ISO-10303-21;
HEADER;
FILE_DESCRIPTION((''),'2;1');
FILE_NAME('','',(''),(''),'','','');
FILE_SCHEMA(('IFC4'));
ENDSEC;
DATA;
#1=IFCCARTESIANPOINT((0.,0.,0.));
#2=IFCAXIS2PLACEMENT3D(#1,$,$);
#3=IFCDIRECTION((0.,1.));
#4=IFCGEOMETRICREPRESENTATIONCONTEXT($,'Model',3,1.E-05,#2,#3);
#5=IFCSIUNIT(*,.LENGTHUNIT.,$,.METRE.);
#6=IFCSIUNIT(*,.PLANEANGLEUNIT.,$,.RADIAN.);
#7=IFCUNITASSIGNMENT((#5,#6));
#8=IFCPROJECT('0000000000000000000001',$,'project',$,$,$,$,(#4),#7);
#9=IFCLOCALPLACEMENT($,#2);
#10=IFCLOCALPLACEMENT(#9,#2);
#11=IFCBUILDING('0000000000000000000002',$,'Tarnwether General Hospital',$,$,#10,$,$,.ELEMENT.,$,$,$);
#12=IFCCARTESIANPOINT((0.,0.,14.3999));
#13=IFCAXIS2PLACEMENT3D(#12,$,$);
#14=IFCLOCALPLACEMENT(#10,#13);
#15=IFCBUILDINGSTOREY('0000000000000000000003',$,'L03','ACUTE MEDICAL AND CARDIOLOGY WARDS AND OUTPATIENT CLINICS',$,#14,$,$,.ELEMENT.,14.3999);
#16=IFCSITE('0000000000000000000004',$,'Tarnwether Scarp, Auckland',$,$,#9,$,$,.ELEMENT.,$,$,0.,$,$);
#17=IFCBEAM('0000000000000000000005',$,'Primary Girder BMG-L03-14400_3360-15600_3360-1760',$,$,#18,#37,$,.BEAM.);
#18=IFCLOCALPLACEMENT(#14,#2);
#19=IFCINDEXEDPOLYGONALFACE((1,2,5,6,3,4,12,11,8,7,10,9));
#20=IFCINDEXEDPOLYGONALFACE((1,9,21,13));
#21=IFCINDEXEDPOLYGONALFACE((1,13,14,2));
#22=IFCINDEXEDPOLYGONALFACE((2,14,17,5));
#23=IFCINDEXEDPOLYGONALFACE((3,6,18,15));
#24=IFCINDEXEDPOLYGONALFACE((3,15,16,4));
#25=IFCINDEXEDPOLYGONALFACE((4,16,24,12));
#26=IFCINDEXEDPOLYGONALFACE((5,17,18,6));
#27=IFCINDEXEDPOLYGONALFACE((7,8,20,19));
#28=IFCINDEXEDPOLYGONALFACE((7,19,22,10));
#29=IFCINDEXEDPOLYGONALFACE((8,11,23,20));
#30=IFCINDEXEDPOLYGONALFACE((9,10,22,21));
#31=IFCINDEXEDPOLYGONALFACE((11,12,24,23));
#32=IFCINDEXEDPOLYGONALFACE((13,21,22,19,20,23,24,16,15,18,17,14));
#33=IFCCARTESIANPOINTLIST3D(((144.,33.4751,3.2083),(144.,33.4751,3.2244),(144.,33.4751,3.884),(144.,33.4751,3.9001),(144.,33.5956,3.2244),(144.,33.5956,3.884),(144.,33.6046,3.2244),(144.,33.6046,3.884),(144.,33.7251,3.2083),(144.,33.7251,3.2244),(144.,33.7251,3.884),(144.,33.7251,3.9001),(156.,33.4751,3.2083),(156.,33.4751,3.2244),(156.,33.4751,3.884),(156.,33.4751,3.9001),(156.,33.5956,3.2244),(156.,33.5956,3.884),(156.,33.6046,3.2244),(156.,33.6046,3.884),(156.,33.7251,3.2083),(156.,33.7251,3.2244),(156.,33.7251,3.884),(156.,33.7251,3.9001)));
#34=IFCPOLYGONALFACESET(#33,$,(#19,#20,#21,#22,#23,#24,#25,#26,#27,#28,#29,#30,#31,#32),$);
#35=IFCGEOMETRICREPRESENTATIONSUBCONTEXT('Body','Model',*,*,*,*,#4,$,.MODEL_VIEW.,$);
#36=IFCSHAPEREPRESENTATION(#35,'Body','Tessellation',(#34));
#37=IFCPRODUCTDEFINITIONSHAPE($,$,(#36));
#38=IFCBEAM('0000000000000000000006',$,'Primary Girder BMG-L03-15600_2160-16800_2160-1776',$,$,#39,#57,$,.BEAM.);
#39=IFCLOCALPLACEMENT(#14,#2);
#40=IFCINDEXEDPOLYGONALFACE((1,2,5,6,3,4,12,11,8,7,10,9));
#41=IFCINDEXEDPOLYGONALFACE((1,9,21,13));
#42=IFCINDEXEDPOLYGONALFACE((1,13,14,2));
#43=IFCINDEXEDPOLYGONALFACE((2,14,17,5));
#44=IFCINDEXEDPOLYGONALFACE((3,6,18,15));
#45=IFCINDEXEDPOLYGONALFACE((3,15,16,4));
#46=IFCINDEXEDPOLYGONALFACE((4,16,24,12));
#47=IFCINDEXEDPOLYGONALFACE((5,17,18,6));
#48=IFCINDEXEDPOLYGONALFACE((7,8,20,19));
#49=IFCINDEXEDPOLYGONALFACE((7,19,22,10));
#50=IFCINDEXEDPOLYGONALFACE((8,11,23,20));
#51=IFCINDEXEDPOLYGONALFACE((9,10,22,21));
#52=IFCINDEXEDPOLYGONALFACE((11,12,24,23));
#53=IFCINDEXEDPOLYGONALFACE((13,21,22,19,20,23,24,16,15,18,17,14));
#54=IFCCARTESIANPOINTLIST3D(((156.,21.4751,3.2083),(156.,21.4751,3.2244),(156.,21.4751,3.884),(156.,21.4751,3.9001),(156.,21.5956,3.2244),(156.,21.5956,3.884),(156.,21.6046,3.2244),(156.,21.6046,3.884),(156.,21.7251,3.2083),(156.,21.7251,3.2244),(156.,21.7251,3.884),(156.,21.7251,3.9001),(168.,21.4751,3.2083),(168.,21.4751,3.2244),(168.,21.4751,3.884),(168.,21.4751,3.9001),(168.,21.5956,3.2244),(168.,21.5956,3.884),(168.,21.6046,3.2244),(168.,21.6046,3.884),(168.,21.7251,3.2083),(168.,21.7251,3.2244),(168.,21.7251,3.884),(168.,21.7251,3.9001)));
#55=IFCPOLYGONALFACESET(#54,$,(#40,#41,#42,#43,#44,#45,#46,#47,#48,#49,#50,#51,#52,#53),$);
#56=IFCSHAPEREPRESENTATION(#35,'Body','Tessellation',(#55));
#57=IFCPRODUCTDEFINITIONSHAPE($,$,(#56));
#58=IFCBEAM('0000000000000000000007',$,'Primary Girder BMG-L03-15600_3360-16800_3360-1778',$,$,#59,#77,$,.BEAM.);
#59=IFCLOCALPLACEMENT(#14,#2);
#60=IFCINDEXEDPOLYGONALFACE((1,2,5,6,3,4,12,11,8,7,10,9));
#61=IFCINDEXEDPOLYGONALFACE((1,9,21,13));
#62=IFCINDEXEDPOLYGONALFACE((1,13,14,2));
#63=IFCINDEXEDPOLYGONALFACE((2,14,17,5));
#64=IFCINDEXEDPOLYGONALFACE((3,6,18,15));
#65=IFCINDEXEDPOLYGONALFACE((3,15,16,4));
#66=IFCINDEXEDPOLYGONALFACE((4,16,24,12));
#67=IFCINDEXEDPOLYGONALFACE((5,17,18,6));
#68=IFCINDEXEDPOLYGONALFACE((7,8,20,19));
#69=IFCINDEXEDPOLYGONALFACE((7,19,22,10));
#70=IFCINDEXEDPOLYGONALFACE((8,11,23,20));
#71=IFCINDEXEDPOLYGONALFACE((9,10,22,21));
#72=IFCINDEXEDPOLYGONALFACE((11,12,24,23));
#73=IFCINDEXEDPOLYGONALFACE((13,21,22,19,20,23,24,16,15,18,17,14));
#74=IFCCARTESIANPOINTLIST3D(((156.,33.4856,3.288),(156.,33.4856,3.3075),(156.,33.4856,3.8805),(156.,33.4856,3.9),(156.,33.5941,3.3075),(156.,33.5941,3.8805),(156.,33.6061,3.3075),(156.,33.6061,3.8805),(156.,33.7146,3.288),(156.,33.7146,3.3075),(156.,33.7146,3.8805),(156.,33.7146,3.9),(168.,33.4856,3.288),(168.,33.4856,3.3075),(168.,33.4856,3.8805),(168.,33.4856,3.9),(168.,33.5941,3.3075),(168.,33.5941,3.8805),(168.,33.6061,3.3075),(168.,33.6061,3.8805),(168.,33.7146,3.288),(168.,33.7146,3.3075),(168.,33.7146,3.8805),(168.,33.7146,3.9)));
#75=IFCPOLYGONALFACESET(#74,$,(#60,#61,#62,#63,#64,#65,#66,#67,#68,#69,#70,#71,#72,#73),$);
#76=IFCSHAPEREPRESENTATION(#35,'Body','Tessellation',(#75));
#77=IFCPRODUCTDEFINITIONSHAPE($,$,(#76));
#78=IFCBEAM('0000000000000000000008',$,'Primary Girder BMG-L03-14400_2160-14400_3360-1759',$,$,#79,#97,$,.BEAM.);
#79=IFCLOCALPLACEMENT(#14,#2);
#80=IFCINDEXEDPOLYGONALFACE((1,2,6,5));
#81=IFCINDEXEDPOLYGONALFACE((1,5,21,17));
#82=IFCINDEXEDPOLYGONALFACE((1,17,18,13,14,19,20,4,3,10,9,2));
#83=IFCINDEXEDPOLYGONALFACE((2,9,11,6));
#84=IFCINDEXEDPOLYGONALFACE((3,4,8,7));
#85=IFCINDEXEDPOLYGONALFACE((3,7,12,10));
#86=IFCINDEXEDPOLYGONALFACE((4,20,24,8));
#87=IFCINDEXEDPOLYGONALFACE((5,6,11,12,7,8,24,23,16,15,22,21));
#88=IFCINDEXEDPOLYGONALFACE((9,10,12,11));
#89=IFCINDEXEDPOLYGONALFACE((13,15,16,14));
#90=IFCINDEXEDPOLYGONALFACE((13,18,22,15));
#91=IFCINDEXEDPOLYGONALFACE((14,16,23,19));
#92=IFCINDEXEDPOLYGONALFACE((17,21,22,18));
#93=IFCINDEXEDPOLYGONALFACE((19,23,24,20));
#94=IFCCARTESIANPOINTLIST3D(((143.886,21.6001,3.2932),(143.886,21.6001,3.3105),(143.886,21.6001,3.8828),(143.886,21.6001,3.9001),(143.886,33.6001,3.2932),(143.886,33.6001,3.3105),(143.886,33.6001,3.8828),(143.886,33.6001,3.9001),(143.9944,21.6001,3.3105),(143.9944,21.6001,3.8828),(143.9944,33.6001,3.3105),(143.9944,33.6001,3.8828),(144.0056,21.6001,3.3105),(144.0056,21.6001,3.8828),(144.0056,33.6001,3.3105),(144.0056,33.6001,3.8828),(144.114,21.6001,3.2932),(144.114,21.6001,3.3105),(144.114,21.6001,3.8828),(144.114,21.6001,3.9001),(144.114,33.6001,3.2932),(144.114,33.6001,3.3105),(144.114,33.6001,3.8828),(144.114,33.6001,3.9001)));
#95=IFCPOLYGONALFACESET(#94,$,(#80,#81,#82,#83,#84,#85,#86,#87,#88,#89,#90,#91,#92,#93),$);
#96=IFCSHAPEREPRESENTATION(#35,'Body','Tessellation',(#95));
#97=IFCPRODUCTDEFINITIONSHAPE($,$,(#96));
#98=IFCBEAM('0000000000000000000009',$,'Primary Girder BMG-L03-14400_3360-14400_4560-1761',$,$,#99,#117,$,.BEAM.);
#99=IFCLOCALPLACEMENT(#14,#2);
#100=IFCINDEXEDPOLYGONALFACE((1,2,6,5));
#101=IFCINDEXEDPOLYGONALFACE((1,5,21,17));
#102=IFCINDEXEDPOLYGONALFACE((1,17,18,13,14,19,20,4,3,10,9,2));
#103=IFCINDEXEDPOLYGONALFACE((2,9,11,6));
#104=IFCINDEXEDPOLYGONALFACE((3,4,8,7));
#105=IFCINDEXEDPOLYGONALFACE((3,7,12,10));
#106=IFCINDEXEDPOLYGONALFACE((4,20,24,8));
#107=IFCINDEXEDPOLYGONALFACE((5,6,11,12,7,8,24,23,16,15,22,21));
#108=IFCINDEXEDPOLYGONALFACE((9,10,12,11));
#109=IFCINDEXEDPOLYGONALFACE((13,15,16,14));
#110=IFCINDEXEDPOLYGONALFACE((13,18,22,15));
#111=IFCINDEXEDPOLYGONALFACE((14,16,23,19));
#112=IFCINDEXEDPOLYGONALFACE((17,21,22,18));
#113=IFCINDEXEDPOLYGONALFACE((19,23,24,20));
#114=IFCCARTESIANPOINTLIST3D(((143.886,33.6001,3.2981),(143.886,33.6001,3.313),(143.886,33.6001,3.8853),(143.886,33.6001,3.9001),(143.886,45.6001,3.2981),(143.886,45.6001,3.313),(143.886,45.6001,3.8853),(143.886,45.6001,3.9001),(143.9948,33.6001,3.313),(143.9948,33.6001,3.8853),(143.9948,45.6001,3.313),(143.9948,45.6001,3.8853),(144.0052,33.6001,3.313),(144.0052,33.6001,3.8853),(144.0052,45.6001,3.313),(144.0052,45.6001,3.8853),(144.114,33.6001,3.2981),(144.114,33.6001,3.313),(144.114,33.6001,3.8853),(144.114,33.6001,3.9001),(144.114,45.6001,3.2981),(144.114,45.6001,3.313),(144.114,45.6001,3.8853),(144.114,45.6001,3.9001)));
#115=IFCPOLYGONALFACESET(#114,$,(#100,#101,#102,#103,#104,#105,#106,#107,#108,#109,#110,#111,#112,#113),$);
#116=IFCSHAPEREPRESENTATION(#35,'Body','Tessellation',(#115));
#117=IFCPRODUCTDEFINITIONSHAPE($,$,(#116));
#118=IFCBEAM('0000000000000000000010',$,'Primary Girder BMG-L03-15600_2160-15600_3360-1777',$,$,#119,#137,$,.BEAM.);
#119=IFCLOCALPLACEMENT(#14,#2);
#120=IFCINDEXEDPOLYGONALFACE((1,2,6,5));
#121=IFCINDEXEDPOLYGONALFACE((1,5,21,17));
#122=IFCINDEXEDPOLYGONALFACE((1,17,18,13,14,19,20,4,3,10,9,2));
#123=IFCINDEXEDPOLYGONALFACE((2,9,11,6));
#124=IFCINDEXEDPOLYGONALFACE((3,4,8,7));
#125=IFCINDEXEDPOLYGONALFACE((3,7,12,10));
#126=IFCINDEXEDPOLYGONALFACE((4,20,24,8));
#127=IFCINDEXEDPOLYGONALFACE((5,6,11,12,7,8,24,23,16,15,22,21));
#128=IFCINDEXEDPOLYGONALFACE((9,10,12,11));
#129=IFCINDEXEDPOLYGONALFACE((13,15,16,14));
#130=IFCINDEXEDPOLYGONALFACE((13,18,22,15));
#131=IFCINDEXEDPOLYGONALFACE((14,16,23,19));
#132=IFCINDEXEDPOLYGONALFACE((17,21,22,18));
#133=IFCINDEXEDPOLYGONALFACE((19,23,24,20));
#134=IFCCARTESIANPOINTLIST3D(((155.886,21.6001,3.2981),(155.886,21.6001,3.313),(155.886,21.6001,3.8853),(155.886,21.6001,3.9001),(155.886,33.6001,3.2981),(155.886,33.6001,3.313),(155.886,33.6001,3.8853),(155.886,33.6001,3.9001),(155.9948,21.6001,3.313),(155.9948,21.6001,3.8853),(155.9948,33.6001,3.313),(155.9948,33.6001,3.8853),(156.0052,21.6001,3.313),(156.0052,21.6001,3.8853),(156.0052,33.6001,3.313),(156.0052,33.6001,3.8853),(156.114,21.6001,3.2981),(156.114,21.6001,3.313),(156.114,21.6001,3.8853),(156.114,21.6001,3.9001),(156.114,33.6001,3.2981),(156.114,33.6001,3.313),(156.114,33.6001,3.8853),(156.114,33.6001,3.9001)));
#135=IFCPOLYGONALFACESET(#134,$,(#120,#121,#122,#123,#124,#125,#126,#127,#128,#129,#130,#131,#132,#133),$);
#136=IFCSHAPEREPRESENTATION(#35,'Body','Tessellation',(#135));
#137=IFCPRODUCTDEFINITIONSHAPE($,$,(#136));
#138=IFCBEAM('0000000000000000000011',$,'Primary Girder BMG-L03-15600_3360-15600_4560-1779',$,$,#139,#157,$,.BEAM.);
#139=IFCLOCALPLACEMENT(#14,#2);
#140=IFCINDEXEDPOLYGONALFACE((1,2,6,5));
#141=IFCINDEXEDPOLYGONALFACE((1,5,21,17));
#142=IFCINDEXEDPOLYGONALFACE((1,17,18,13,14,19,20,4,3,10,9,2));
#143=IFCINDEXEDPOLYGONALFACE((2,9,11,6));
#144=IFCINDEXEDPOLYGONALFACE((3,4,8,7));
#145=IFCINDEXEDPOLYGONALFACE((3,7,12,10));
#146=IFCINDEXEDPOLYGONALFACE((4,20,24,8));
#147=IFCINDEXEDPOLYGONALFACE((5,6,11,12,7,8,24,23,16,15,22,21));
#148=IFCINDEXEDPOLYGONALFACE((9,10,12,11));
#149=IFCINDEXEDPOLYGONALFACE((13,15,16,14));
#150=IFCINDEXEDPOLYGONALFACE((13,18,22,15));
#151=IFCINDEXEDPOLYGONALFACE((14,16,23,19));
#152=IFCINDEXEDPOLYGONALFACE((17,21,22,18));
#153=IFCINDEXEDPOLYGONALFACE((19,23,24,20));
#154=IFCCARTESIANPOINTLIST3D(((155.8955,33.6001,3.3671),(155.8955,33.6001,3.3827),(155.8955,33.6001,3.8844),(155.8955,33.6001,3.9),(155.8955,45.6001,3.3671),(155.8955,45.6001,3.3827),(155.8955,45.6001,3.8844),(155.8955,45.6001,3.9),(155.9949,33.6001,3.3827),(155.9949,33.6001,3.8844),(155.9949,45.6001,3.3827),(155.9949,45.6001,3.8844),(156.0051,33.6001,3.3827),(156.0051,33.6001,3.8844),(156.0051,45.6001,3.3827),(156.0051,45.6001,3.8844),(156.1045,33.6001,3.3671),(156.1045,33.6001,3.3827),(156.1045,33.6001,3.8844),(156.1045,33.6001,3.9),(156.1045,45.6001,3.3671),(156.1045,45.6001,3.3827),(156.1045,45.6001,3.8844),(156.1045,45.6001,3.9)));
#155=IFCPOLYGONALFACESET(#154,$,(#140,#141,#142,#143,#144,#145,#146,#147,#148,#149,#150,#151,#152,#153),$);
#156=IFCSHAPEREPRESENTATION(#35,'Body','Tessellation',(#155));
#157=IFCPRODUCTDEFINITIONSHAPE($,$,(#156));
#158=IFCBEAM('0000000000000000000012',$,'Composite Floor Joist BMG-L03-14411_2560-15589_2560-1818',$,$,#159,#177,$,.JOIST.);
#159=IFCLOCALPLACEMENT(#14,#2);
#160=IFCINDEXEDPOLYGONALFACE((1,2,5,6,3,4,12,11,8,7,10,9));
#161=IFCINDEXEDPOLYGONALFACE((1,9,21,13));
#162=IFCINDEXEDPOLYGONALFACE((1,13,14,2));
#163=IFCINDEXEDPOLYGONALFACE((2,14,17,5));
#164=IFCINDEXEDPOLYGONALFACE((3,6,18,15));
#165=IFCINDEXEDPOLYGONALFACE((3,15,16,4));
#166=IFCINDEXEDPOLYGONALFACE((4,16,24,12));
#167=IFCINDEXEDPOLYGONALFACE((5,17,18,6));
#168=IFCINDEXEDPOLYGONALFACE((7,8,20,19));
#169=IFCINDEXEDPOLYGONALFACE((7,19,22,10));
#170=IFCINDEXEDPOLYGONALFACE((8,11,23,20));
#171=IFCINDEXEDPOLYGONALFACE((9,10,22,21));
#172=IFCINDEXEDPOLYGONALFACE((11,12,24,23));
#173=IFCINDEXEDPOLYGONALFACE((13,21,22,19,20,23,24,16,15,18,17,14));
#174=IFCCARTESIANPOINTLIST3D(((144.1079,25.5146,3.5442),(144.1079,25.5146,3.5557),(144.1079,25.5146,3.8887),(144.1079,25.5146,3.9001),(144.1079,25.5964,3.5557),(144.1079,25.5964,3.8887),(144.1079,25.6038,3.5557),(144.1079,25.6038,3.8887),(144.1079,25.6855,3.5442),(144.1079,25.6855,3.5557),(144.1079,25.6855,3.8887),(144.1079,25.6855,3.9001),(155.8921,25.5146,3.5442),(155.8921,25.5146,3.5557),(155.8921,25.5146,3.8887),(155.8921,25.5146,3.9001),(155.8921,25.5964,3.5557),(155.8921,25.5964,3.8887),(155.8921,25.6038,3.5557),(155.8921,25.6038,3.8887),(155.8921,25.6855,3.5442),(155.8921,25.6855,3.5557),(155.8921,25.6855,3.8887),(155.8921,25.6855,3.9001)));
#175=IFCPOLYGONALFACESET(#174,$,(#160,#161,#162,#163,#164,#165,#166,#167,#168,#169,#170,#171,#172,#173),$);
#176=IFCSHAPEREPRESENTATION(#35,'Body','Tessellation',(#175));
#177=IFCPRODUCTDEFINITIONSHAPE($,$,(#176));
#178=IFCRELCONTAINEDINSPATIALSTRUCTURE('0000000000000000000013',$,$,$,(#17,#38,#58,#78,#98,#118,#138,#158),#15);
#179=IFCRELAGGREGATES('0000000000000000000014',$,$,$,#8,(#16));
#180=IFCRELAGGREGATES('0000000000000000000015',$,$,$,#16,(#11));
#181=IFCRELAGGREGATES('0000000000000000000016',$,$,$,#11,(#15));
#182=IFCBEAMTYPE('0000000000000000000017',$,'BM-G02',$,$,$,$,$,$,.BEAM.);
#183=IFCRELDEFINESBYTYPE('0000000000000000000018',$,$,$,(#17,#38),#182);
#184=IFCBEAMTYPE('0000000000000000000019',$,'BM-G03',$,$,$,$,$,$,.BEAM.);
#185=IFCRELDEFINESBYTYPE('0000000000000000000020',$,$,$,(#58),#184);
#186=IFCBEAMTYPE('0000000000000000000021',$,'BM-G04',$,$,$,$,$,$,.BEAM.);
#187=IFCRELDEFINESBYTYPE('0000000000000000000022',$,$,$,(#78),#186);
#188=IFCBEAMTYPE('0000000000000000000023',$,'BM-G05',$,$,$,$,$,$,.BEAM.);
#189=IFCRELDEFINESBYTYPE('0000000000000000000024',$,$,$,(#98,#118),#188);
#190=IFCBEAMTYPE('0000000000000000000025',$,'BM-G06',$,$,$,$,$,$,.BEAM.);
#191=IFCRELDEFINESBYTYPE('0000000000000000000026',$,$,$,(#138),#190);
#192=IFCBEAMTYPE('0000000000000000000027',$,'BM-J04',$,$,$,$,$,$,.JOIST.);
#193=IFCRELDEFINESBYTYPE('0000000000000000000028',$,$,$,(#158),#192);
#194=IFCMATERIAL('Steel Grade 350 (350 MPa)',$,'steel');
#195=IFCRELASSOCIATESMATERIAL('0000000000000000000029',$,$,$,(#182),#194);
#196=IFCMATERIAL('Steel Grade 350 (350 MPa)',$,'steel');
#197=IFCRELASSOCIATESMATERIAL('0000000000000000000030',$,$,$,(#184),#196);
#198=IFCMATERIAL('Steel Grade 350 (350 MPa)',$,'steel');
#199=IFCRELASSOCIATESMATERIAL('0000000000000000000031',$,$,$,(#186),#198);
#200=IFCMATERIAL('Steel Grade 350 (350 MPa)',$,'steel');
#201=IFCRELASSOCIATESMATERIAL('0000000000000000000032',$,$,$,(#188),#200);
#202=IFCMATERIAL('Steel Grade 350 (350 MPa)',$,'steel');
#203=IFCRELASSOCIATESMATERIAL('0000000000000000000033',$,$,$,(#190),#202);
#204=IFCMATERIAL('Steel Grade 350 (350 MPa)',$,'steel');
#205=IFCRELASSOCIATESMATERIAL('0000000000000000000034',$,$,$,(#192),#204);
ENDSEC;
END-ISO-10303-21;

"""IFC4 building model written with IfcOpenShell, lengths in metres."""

from ifc_helpers import new_model, si_unit, direction, frame, origin, origin_2d, place, context, subcontext, project, spatial, i_section, extrude, material, material_profile, profile_set, type_object, element, save


model = new_model("IFC4")

# Units and contexts
model_context = context("Model", 3, precision=1e-05, world=origin(), true_north=direction((0.0, 1.0)))
body_context = subcontext(model_context, "Body", "Model", "MODEL_VIEW")
ifc_project = project(units=[si_unit("LENGTHUNIT", "METRE"), si_unit("PLANEANGLEUNIT", "RADIAN")], contexts=[model_context])

# Site, building, storey
site_placement = place(None, origin())
site = spatial("IfcSite", under=ifc_project, at=site_placement, Name="Tarnwether Scarp, Auckland", CompositionType="ELEMENT", RefElevation=0.0)
building_placement = place(site_placement, origin())
building = spatial("IfcBuilding", under=site, at=building_placement, Name="Tarnwether General Hospital", CompositionType="ELEMENT")
storey_placement = place(building_placement, frame((0.0, 0.0, 14.3999)))
storey = spatial("IfcBuildingStorey", under=building, at=storey_placement, Name="L03", Description="ACUTE MEDICAL AND CARDIOLOGY WARDS AND OUTPATIENT CLINICS", CompositionType="ELEMENT", Elevation=14.3999)

# Beams
ifc_material_1 = material(Name="Steel Grade 350 (350 MPa)", Category="steel")
ifc_material_profile_1 = material_profile(ifc_material_1, i_section(OverallWidth=0.25, OverallDepth=0.6919, WebThickness=0.009, FlangeThickness=0.0161, at=origin_2d()), Name="700WB115")
ifc_profile_set_1 = profile_set([ifc_material_profile_1], Name="Steel Grade 350 (350 MPa)")
beam_type_1 = type_object("IfcBeamType", Name="BM-G02", PredefinedType="BEAM", material=ifc_profile_set_1)
for number, where, z_axis, x_axis, name in (
    (1, (144.0, 33.6001, 3.5542), (1.0, 0.0, 0.0), (0.0, 1.0, 0.0), "Primary Girder BMG-L03-14400_3360-15600_3360-1760"),
    (2, (156.0, 21.6001, 3.5542), (1.0, 0.0, 0.0), (0.0, 1.0, 0.0), "Primary Girder BMG-L03-15600_2160-16800_2160-1776"),
):
    element("IfcBeam", number, at=place(storey_placement, frame(where, z_axis=z_axis, x_axis=x_axis)), inside=storey, type_object=beam_type_1, Name=name, PredefinedType="BEAM", context=body_context, shape_type="SweptSolid", body=[
        extrude(i_section(OverallWidth=0.25, OverallDepth=0.6919, WebThickness=0.009, FlangeThickness=0.0161, at=origin_2d()), origin(), (0.0, 0.0, 1.0), 12.0),
    ])
ifc_material_2 = material(Name="Steel Grade 350 (350 MPa)", Category="steel")
ifc_material_profile_2 = material_profile(ifc_material_2, i_section(OverallWidth=0.229, OverallDepth=0.6121, WebThickness=0.012, FlangeThickness=0.0195, at=origin_2d()), Name="610UB125")
ifc_profile_set_2 = profile_set([ifc_material_profile_2], Name="Steel Grade 350 (350 MPa)")
beam_type_2 = type_object("IfcBeamType", Name="BM-G03", PredefinedType="BEAM", material=ifc_profile_set_2)
beam_1_placement = place(storey_placement, frame((156.0, 33.6001, 3.594), z_axis=(1.0, 0.0, 0.0), x_axis=(0.0, 1.0, 0.0)))
element("IfcBeam", 3, at=beam_1_placement, inside=storey, type_object=beam_type_2, Name="Primary Girder BMG-L03-15600_3360-16800_3360-1778", PredefinedType="BEAM", context=body_context, shape_type="SweptSolid", body=[
    extrude(i_section(OverallWidth=0.229, OverallDepth=0.6121, WebThickness=0.012, FlangeThickness=0.0195, at=origin_2d()), origin(), (0.0, 0.0, 1.0), 12.0),
])
ifc_material_3 = material(Name="Steel Grade 350 (350 MPa)", Category="steel")
ifc_material_profile_3 = material_profile(ifc_material_3, i_section(OverallWidth=0.228, OverallDepth=0.6069, WebThickness=0.0112, FlangeThickness=0.0173, at=origin_2d()), Name="610UB113")
ifc_profile_set_3 = profile_set([ifc_material_profile_3], Name="Steel Grade 350 (350 MPa)")
beam_type_3 = type_object("IfcBeamType", Name="BM-G04", PredefinedType="BEAM", material=ifc_profile_set_3)
beam_2_placement = place(storey_placement, frame((144.0, 21.6001, 3.5967), z_axis=(0.0, 1.0, 0.0), x_axis=(-1.0, 0.0, 0.0)))
element("IfcBeam", 4, at=beam_2_placement, inside=storey, type_object=beam_type_3, Name="Primary Girder BMG-L03-14400_2160-14400_3360-1759", PredefinedType="BEAM", context=body_context, shape_type="SweptSolid", body=[
    extrude(i_section(OverallWidth=0.228, OverallDepth=0.6069, WebThickness=0.0112, FlangeThickness=0.0173, at=origin_2d()), origin(), (0.0, 0.0, 1.0), 12.0),
])
ifc_material_4 = material(Name="Steel Grade 350 (350 MPa)", Category="steel")
ifc_material_profile_4 = material_profile(ifc_material_4, i_section(OverallWidth=0.228, OverallDepth=0.6021, WebThickness=0.0105, FlangeThickness=0.0149, at=origin_2d()), Name="610UB101")
ifc_profile_set_4 = profile_set([ifc_material_profile_4], Name="Steel Grade 350 (350 MPa)")
beam_type_4 = type_object("IfcBeamType", Name="BM-G05", PredefinedType="BEAM", material=ifc_profile_set_4)
for number, where, z_axis, x_axis, name in (
    (5, (144.0, 33.6001, 3.5991), (0.0, 1.0, 0.0), (-1.0, 0.0, 0.0), "Primary Girder BMG-L03-14400_3360-14400_4560-1761"),
    (6, (156.0, 21.6001, 3.5991), (0.0, 1.0, 0.0), (-1.0, 0.0, 0.0), "Primary Girder BMG-L03-15600_2160-15600_3360-1777"),
):
    element("IfcBeam", number, at=place(storey_placement, frame(where, z_axis=z_axis, x_axis=x_axis)), inside=storey, type_object=beam_type_4, Name=name, PredefinedType="BEAM", context=body_context, shape_type="SweptSolid", body=[
        extrude(i_section(OverallWidth=0.228, OverallDepth=0.6021, WebThickness=0.0105, FlangeThickness=0.0149, at=origin_2d()), origin(), (0.0, 0.0, 1.0), 12.0),
    ])
ifc_material_5 = material(Name="Steel Grade 350 (350 MPa)", Category="steel")
ifc_material_profile_5 = material_profile(ifc_material_5, i_section(OverallWidth=0.209, OverallDepth=0.533, WebThickness=0.0103, FlangeThickness=0.0156, at=origin_2d()), Name="530UB92.4")
ifc_profile_set_5 = profile_set([ifc_material_profile_5], Name="Steel Grade 350 (350 MPa)")
beam_type_5 = type_object("IfcBeamType", Name="BM-G06", PredefinedType="BEAM", material=ifc_profile_set_5)
beam_3_placement = place(storey_placement, frame((156.0, 33.6001, 3.6335), z_axis=(0.0, 1.0, 0.0), x_axis=(-1.0, 0.0, 0.0)))
element("IfcBeam", 7, at=beam_3_placement, inside=storey, type_object=beam_type_5, Name="Primary Girder BMG-L03-15600_3360-15600_4560-1779", PredefinedType="BEAM", context=body_context, shape_type="SweptSolid", body=[
    extrude(i_section(OverallWidth=0.209, OverallDepth=0.533, WebThickness=0.0103, FlangeThickness=0.0156, at=origin_2d()), origin(), (0.0, 0.0, 1.0), 12.0),
])
ifc_material_6 = material(Name="Steel Grade 350 (350 MPa)", Category="steel")
ifc_material_profile_6 = material_profile(ifc_material_6, i_section(OverallWidth=0.1709, OverallDepth=0.356, WebThickness=0.0073, FlangeThickness=0.0115, at=origin_2d()), Name="360UB50.7")
ifc_profile_set_6 = profile_set([ifc_material_profile_6], Name="Steel Grade 350 (350 MPa)")
beam_type_6 = type_object("IfcBeamType", Name="BM-J04", PredefinedType="JOIST", material=ifc_profile_set_6)
beam_4_placement = place(storey_placement, frame((144.1079, 25.6001, 3.7222), z_axis=(1.0, 0.0, 0.0), x_axis=(0.0, 1.0, 0.0)))
element("IfcBeam", 8, at=beam_4_placement, inside=storey, type_object=beam_type_6, Name="Composite Floor Joist BMG-L03-14411_2560-15589_2560-1818", PredefinedType="JOIST", context=body_context, shape_type="SweptSolid", body=[
    extrude(i_section(OverallWidth=0.1709, OverallDepth=0.356, WebThickness=0.0073, FlangeThickness=0.0115, at=origin_2d()), origin(), (0.0, 0.0, 1.0), 11.7842),
])

save(model, "model.ifc")
